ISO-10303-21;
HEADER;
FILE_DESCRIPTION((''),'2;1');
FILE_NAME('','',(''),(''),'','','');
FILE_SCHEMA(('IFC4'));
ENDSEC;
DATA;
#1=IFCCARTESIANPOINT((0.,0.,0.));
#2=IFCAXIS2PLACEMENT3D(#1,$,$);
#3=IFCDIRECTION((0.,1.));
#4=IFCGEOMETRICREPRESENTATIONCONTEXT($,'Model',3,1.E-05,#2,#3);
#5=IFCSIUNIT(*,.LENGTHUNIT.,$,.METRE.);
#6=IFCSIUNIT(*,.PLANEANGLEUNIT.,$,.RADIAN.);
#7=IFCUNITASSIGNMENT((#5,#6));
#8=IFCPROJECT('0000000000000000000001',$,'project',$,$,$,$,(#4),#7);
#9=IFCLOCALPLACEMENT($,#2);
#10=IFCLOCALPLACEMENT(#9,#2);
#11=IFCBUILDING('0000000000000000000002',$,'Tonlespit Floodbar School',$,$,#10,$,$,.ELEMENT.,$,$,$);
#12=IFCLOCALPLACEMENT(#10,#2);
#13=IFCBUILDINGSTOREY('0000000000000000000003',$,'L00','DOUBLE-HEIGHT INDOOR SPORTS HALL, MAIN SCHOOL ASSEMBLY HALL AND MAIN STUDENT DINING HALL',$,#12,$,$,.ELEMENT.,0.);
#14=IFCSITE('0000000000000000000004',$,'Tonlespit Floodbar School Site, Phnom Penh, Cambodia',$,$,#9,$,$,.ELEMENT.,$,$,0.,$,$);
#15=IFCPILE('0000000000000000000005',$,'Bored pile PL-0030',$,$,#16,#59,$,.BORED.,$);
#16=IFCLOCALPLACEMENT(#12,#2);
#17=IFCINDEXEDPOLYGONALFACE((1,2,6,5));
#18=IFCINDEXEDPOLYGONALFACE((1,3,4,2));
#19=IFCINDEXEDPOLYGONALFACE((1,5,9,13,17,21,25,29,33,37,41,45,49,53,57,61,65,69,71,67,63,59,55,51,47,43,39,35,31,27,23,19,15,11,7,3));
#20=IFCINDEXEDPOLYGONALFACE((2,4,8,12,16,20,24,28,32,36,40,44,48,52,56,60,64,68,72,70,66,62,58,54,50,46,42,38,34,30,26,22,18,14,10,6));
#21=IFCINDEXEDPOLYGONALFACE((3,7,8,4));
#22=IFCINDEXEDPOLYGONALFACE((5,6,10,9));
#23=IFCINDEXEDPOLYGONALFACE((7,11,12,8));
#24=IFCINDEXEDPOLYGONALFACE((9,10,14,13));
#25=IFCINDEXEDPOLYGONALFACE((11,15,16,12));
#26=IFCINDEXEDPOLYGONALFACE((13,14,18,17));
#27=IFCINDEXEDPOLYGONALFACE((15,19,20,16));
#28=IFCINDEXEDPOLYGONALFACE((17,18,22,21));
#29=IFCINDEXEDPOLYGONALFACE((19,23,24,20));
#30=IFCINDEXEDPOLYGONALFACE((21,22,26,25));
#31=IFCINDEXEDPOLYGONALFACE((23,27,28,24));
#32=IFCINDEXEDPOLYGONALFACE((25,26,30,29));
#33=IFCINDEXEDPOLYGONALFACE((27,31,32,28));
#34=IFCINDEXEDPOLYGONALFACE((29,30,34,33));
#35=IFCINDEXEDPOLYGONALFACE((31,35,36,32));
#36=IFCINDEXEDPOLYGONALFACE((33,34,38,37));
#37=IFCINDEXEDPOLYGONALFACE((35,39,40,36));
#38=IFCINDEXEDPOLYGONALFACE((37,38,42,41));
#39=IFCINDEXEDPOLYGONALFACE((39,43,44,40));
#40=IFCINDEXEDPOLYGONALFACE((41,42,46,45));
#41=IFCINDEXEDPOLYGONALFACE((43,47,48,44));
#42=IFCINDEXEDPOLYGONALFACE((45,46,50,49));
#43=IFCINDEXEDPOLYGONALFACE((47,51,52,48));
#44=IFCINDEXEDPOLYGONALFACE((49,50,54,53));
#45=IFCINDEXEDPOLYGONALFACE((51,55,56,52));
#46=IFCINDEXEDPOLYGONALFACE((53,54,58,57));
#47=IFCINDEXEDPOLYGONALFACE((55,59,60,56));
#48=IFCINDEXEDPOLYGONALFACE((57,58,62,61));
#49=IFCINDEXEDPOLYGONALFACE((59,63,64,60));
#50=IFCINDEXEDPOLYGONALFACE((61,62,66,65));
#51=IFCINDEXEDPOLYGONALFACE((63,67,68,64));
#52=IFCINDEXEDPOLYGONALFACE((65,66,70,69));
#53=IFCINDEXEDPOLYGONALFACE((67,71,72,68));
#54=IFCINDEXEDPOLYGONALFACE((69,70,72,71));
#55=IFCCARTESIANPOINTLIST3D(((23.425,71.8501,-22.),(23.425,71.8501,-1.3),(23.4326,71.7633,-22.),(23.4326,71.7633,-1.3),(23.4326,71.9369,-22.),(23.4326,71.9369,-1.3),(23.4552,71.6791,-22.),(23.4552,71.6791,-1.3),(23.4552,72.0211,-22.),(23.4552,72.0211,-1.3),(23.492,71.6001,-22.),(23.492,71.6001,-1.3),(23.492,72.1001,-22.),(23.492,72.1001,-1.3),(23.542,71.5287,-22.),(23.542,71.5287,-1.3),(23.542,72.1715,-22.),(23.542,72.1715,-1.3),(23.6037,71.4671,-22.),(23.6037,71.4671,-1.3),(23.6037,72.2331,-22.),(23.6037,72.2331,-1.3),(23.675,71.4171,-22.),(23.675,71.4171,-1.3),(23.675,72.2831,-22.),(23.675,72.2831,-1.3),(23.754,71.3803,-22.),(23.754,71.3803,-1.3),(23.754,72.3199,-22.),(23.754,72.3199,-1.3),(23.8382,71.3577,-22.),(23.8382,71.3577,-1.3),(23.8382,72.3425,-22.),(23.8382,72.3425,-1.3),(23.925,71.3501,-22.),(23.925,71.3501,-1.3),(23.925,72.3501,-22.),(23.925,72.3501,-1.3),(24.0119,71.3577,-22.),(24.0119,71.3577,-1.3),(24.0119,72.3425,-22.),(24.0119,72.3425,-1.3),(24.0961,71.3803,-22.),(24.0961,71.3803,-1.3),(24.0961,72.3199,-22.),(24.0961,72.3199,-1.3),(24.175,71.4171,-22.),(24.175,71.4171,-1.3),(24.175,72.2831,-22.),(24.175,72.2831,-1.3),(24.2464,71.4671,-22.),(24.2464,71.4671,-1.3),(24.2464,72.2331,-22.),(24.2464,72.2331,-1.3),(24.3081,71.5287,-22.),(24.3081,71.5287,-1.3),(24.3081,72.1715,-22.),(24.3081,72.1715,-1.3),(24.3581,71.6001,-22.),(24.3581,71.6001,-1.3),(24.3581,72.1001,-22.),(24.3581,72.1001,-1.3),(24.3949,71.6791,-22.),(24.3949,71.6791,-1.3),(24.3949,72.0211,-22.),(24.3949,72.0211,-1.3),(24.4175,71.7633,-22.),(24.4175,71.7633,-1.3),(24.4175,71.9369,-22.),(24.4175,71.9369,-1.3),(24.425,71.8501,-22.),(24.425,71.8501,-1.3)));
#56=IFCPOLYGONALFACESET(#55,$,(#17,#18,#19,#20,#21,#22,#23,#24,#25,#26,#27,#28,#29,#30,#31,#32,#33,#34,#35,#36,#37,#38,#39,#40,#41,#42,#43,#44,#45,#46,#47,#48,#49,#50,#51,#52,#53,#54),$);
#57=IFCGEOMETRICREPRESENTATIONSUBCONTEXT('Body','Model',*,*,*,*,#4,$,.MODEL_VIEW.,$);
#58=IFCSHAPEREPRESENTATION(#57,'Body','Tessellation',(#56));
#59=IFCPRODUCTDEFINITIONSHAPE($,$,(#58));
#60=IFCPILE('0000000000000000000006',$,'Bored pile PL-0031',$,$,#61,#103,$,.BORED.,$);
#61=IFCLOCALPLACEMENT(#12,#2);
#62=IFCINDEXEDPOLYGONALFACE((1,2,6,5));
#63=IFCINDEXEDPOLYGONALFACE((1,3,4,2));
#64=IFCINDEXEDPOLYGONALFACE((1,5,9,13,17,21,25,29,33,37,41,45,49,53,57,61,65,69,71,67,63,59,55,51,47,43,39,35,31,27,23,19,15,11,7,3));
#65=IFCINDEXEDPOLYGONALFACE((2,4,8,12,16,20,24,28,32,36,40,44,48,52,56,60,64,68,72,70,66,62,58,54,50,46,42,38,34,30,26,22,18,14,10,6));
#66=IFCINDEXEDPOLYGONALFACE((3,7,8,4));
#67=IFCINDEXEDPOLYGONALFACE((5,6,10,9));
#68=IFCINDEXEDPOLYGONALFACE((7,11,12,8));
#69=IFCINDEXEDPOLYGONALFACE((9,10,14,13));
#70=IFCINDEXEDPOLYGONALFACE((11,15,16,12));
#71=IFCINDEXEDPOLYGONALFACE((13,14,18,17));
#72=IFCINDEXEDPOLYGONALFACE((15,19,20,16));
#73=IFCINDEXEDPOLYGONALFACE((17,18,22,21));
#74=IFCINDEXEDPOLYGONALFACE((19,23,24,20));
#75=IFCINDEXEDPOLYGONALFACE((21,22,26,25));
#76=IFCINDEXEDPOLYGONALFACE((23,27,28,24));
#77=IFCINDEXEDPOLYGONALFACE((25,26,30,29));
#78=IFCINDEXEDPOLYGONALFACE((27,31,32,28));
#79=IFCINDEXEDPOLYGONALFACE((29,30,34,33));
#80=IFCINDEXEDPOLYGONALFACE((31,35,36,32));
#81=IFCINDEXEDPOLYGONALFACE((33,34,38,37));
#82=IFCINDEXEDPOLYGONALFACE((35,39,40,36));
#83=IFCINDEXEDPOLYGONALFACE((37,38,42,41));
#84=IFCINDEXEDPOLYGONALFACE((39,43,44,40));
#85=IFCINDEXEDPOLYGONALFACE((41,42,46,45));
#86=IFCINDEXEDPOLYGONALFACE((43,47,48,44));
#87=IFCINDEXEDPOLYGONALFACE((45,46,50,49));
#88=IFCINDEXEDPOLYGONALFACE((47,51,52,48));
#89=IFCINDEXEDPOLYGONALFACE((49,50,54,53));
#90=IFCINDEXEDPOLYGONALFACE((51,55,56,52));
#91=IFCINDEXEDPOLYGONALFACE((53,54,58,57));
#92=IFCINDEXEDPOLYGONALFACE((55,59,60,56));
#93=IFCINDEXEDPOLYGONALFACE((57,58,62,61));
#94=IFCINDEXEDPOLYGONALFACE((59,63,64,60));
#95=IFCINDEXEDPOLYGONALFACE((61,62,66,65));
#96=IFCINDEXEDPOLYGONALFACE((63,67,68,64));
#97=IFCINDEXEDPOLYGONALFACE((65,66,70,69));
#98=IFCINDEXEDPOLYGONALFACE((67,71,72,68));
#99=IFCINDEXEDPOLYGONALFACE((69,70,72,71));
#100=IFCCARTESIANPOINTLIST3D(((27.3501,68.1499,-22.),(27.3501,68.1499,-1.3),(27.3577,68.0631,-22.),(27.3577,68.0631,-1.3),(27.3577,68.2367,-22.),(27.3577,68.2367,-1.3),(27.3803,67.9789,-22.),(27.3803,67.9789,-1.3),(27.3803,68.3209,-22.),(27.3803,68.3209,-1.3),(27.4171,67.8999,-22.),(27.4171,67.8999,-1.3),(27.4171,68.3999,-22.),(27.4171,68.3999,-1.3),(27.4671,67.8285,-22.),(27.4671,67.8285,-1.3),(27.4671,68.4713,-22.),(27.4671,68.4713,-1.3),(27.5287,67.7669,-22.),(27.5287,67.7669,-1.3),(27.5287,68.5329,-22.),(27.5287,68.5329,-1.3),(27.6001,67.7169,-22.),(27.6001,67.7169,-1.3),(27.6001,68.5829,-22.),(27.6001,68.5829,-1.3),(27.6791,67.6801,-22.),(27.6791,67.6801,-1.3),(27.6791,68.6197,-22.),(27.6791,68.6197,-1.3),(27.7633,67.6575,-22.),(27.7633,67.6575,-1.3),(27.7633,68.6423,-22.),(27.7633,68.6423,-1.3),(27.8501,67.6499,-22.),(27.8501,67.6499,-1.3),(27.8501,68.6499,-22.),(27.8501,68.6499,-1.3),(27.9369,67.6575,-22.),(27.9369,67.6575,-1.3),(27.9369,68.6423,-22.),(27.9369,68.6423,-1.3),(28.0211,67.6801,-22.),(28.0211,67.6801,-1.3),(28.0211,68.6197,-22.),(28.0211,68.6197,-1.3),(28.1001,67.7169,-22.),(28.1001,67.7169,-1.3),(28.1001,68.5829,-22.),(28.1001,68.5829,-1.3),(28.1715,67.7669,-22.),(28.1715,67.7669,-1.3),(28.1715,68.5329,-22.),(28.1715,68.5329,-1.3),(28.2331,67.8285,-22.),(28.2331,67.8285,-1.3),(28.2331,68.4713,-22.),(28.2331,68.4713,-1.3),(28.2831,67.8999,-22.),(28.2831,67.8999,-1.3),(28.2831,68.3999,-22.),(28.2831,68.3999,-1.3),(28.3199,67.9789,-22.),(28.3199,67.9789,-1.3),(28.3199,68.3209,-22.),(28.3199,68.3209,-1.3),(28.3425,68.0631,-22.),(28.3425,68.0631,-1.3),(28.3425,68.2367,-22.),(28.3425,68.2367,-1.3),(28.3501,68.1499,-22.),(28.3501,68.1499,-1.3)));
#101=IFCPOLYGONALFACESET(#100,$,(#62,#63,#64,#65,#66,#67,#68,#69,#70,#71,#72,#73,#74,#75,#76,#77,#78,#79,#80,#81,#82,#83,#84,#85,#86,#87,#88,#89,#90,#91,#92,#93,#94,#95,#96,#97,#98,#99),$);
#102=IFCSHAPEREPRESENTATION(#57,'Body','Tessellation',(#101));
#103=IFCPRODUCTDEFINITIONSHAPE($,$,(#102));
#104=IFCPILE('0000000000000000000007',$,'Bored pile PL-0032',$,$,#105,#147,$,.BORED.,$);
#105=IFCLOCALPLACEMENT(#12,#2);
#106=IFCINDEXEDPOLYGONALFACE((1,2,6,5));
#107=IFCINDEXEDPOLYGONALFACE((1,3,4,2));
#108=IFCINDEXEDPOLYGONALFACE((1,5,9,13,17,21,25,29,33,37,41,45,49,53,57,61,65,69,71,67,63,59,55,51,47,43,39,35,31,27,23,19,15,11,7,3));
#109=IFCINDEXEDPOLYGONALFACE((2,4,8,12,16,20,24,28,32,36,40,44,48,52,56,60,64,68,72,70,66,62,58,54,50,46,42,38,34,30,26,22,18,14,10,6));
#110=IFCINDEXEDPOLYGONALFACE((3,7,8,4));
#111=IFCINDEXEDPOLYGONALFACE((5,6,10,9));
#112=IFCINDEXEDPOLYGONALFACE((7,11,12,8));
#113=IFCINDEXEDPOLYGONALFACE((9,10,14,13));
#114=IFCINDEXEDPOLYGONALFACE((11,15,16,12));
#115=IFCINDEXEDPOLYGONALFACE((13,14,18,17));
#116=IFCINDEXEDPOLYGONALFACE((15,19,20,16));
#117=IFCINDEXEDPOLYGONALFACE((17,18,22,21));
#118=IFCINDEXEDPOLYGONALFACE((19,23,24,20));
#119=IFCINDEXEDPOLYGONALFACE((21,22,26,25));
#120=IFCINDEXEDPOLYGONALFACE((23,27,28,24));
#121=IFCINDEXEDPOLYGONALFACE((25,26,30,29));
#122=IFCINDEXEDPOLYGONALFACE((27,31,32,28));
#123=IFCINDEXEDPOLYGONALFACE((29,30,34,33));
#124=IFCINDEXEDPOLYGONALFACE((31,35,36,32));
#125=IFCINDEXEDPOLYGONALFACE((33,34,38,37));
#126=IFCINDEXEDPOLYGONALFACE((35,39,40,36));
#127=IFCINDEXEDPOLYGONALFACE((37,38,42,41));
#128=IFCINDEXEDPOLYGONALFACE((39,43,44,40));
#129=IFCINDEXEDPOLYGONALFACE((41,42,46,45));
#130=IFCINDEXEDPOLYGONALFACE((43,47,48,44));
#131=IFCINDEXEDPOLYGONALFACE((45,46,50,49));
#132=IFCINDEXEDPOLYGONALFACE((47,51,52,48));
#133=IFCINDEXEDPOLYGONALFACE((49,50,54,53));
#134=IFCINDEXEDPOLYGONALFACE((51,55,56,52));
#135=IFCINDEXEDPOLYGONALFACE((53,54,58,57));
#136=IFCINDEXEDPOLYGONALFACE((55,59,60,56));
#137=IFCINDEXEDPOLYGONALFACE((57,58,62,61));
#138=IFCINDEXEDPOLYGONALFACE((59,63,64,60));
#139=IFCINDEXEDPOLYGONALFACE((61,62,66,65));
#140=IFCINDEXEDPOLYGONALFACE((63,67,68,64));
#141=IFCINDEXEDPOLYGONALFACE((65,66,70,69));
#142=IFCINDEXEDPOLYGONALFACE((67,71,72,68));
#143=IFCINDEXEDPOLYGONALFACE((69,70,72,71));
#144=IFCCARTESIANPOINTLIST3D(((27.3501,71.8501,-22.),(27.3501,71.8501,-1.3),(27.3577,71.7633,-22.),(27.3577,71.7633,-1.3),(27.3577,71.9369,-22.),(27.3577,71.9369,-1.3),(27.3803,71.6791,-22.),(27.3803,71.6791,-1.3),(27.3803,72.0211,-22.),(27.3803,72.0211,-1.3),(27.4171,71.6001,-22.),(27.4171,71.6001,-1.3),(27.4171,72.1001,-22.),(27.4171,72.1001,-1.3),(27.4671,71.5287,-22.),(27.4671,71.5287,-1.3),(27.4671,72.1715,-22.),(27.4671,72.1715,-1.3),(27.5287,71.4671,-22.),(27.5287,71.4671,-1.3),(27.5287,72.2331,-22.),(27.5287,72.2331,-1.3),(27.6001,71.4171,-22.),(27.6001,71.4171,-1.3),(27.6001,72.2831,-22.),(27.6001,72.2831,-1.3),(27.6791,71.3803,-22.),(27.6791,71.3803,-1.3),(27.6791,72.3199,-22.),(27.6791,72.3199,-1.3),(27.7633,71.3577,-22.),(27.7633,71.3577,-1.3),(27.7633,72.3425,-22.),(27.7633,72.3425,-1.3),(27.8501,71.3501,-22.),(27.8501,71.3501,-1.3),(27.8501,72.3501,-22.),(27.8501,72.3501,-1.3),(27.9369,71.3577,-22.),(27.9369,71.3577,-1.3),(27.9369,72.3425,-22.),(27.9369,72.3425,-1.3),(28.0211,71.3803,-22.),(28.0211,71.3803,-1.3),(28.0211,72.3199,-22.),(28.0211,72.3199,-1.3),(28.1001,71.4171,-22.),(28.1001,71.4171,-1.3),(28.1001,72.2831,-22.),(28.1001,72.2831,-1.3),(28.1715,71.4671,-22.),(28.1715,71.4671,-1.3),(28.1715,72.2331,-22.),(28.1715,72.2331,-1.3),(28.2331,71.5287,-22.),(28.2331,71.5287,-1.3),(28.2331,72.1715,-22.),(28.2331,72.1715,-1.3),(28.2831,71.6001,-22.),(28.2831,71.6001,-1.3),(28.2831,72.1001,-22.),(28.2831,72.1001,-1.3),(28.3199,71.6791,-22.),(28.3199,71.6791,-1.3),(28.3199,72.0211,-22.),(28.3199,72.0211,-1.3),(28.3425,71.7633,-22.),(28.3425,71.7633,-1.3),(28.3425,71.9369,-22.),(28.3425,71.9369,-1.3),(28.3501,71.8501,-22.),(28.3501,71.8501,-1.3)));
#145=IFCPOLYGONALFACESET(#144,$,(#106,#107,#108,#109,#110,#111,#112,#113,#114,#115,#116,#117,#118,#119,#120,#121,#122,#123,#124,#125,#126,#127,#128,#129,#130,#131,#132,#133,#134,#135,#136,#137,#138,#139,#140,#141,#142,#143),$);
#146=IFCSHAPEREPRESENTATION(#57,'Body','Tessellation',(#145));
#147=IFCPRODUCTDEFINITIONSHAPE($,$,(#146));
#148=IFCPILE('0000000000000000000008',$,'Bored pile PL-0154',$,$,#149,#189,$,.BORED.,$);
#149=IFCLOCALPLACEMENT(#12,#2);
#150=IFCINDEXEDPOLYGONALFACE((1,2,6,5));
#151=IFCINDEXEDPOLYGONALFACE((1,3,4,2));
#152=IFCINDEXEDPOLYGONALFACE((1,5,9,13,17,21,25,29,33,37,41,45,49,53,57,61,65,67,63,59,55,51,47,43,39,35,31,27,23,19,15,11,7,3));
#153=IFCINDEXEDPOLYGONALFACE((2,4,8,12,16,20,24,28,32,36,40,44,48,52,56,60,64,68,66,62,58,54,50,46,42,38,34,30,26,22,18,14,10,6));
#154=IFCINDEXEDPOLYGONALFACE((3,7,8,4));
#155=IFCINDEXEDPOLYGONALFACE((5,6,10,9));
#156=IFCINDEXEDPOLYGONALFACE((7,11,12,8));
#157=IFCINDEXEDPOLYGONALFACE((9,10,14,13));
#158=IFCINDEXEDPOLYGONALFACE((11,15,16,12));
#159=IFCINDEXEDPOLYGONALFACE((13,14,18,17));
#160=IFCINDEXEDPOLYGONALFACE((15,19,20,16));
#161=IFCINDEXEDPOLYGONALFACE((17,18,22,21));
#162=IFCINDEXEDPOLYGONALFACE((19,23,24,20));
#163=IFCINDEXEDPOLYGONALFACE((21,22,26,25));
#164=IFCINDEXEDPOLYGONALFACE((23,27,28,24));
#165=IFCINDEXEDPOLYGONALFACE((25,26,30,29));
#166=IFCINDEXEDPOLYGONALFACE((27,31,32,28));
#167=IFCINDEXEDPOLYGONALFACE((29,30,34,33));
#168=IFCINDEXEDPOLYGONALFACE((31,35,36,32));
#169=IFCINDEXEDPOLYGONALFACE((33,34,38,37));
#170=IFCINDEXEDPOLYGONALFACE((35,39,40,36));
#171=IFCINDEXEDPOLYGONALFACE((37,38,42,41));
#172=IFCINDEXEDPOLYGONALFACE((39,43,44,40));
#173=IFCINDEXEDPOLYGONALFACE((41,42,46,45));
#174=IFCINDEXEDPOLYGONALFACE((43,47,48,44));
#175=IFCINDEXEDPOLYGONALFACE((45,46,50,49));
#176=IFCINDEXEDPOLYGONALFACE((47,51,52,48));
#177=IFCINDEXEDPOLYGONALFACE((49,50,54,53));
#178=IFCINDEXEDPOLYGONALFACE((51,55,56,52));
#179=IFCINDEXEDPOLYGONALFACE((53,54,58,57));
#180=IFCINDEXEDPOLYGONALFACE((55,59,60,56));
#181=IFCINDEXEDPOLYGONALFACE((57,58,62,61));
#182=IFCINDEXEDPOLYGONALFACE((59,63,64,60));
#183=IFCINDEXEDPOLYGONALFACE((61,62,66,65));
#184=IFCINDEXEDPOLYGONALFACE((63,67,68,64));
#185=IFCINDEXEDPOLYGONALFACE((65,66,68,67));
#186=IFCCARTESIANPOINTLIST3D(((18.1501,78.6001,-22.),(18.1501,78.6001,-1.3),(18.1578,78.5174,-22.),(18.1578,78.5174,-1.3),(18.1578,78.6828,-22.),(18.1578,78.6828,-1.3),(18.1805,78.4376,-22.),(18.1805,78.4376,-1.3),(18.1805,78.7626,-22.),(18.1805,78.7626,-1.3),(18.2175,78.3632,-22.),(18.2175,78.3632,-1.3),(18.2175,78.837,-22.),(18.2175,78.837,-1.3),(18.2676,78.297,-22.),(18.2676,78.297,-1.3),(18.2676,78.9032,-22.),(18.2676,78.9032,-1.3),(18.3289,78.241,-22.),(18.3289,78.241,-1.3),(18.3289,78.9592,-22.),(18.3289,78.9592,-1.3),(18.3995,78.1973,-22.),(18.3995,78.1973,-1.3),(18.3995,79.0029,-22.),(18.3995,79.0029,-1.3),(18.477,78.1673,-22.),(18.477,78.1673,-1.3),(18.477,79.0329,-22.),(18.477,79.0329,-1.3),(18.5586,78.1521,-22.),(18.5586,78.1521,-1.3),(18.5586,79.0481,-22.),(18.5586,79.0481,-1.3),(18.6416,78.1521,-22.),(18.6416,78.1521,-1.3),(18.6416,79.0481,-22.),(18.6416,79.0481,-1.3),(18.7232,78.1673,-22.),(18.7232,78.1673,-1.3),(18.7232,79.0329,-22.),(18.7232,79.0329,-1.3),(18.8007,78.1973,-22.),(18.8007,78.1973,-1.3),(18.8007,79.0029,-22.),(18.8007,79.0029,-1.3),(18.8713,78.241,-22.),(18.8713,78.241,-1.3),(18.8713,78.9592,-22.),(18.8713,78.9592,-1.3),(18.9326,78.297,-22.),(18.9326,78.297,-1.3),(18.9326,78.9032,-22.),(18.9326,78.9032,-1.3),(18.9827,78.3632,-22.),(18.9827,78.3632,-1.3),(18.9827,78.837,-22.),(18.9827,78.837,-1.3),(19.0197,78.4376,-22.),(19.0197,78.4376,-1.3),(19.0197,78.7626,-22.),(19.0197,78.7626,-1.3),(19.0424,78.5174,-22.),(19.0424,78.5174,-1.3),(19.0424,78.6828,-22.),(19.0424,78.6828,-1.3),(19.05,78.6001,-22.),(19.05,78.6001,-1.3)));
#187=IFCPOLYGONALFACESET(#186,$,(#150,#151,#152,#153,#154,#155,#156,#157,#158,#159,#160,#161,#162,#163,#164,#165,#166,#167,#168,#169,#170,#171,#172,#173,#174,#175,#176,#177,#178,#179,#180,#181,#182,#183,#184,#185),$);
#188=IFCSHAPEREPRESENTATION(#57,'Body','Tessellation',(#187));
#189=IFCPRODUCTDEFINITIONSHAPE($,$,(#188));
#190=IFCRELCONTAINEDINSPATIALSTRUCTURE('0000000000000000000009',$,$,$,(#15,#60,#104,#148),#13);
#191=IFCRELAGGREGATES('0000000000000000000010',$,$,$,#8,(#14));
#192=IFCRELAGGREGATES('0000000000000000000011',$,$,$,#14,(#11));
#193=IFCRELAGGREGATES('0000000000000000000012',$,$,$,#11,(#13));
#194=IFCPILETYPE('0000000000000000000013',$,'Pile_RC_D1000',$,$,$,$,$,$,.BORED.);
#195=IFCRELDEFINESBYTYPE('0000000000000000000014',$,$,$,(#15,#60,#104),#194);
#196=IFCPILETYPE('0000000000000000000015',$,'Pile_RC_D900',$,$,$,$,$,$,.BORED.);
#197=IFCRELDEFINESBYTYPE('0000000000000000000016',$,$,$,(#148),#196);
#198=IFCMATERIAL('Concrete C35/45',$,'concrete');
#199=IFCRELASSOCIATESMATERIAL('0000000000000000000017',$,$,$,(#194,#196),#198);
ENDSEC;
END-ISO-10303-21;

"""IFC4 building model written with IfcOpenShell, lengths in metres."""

from ifc_helpers import new_model, si_unit, direction, frame, origin, origin_2d, place, context, subcontext, project, spatial, circle, extrude, material, material_profile, profile_set, type_object, element, save


model = new_model("IFC4")

# Units and contexts
model_context = context("Model", 3, precision=1e-05, world=origin(), true_north=direction((0.0, 1.0)))
body_context = subcontext(model_context, "Body", "Model", "MODEL_VIEW")
ifc_project = project(units=[si_unit("LENGTHUNIT", "METRE"), si_unit("PLANEANGLEUNIT", "RADIAN")], contexts=[model_context])

# Site, building, storey
site_placement = place(None, origin())
site = spatial("IfcSite", under=ifc_project, at=site_placement, Name="Tonlespit Floodbar School Site, Phnom Penh, Cambodia", CompositionType="ELEMENT", RefElevation=0.0)
building_placement = place(site_placement, origin())
building = spatial("IfcBuilding", under=site, at=building_placement, Name="Tonlespit Floodbar School", CompositionType="ELEMENT")
storey_placement = place(building_placement, origin())
storey = spatial("IfcBuildingStorey", under=building, at=storey_placement, Name="L00", Description="DOUBLE-HEIGHT INDOOR SPORTS HALL, MAIN SCHOOL ASSEMBLY HALL AND MAIN STUDENT DINING HALL", CompositionType="ELEMENT", Elevation=0.0)

# Piles
ifc_material_1 = material(Name="Concrete C35/45", Category="concrete")
ifc_material_profile_1 = material_profile(ifc_material_1, circle(Radius=0.5, at=origin_2d()), Name="BP D1000")
ifc_profile_set_1 = profile_set([ifc_material_profile_1], Name="Concrete C35/45")
pile_type_1 = type_object("IfcPileType", Name="Pile_RC_D1000", PredefinedType="BORED", material=ifc_profile_set_1)
for number, where, z_axis, x_axis, name in (
    (1, (23.925, 71.8501, -1.3), (0.0, 0.0, -1.0), (1.0, 0.0, 0.0), "Bored pile PL-0030"),
    (2, (27.8501, 68.1499, -1.3), (0.0, 0.0, -1.0), (1.0, 0.0, 0.0), "Bored pile PL-0031"),
    (3, (27.8501, 71.8501, -1.3), (0.0, 0.0, -1.0), (1.0, 0.0, 0.0), "Bored pile PL-0032"),
):
    element("IfcPile", number, at=place(storey_placement, frame(where, z_axis=z_axis, x_axis=x_axis)), inside=storey, type_object=pile_type_1, Name=name, PredefinedType="BORED", context=body_context, shape_type="SweptSolid", body=[
        extrude(circle(Radius=0.5, at=origin_2d()), origin(), (0.0, 0.0, 1.0), 20.7),
    ])
ifc_material_profile_2 = material_profile(ifc_material_1, circle(Radius=0.45, at=origin_2d()), Name="BP D900")
ifc_profile_set_2 = profile_set([ifc_material_profile_2], Name="Concrete C35/45")
pile_type_2 = type_object("IfcPileType", Name="Pile_RC_D900", PredefinedType="BORED", material=ifc_profile_set_2)
for number, where, z_axis, x_axis, name in (
    (4, (18.6001, 78.6001, -1.3), (0.0, 0.0, -1.0), (1.0, 0.0, 0.0), "Bored pile PL-0154"),
):
    element("IfcPile", number, at=place(storey_placement, frame(where, z_axis=z_axis, x_axis=x_axis)), inside=storey, type_object=pile_type_2, Name=name, PredefinedType="BORED", context=body_context, shape_type="SweptSolid", body=[
        extrude(circle(Radius=0.45, at=origin_2d()), origin(), (0.0, 0.0, 1.0), 20.7),
    ])

save(model, "model.ifc")
